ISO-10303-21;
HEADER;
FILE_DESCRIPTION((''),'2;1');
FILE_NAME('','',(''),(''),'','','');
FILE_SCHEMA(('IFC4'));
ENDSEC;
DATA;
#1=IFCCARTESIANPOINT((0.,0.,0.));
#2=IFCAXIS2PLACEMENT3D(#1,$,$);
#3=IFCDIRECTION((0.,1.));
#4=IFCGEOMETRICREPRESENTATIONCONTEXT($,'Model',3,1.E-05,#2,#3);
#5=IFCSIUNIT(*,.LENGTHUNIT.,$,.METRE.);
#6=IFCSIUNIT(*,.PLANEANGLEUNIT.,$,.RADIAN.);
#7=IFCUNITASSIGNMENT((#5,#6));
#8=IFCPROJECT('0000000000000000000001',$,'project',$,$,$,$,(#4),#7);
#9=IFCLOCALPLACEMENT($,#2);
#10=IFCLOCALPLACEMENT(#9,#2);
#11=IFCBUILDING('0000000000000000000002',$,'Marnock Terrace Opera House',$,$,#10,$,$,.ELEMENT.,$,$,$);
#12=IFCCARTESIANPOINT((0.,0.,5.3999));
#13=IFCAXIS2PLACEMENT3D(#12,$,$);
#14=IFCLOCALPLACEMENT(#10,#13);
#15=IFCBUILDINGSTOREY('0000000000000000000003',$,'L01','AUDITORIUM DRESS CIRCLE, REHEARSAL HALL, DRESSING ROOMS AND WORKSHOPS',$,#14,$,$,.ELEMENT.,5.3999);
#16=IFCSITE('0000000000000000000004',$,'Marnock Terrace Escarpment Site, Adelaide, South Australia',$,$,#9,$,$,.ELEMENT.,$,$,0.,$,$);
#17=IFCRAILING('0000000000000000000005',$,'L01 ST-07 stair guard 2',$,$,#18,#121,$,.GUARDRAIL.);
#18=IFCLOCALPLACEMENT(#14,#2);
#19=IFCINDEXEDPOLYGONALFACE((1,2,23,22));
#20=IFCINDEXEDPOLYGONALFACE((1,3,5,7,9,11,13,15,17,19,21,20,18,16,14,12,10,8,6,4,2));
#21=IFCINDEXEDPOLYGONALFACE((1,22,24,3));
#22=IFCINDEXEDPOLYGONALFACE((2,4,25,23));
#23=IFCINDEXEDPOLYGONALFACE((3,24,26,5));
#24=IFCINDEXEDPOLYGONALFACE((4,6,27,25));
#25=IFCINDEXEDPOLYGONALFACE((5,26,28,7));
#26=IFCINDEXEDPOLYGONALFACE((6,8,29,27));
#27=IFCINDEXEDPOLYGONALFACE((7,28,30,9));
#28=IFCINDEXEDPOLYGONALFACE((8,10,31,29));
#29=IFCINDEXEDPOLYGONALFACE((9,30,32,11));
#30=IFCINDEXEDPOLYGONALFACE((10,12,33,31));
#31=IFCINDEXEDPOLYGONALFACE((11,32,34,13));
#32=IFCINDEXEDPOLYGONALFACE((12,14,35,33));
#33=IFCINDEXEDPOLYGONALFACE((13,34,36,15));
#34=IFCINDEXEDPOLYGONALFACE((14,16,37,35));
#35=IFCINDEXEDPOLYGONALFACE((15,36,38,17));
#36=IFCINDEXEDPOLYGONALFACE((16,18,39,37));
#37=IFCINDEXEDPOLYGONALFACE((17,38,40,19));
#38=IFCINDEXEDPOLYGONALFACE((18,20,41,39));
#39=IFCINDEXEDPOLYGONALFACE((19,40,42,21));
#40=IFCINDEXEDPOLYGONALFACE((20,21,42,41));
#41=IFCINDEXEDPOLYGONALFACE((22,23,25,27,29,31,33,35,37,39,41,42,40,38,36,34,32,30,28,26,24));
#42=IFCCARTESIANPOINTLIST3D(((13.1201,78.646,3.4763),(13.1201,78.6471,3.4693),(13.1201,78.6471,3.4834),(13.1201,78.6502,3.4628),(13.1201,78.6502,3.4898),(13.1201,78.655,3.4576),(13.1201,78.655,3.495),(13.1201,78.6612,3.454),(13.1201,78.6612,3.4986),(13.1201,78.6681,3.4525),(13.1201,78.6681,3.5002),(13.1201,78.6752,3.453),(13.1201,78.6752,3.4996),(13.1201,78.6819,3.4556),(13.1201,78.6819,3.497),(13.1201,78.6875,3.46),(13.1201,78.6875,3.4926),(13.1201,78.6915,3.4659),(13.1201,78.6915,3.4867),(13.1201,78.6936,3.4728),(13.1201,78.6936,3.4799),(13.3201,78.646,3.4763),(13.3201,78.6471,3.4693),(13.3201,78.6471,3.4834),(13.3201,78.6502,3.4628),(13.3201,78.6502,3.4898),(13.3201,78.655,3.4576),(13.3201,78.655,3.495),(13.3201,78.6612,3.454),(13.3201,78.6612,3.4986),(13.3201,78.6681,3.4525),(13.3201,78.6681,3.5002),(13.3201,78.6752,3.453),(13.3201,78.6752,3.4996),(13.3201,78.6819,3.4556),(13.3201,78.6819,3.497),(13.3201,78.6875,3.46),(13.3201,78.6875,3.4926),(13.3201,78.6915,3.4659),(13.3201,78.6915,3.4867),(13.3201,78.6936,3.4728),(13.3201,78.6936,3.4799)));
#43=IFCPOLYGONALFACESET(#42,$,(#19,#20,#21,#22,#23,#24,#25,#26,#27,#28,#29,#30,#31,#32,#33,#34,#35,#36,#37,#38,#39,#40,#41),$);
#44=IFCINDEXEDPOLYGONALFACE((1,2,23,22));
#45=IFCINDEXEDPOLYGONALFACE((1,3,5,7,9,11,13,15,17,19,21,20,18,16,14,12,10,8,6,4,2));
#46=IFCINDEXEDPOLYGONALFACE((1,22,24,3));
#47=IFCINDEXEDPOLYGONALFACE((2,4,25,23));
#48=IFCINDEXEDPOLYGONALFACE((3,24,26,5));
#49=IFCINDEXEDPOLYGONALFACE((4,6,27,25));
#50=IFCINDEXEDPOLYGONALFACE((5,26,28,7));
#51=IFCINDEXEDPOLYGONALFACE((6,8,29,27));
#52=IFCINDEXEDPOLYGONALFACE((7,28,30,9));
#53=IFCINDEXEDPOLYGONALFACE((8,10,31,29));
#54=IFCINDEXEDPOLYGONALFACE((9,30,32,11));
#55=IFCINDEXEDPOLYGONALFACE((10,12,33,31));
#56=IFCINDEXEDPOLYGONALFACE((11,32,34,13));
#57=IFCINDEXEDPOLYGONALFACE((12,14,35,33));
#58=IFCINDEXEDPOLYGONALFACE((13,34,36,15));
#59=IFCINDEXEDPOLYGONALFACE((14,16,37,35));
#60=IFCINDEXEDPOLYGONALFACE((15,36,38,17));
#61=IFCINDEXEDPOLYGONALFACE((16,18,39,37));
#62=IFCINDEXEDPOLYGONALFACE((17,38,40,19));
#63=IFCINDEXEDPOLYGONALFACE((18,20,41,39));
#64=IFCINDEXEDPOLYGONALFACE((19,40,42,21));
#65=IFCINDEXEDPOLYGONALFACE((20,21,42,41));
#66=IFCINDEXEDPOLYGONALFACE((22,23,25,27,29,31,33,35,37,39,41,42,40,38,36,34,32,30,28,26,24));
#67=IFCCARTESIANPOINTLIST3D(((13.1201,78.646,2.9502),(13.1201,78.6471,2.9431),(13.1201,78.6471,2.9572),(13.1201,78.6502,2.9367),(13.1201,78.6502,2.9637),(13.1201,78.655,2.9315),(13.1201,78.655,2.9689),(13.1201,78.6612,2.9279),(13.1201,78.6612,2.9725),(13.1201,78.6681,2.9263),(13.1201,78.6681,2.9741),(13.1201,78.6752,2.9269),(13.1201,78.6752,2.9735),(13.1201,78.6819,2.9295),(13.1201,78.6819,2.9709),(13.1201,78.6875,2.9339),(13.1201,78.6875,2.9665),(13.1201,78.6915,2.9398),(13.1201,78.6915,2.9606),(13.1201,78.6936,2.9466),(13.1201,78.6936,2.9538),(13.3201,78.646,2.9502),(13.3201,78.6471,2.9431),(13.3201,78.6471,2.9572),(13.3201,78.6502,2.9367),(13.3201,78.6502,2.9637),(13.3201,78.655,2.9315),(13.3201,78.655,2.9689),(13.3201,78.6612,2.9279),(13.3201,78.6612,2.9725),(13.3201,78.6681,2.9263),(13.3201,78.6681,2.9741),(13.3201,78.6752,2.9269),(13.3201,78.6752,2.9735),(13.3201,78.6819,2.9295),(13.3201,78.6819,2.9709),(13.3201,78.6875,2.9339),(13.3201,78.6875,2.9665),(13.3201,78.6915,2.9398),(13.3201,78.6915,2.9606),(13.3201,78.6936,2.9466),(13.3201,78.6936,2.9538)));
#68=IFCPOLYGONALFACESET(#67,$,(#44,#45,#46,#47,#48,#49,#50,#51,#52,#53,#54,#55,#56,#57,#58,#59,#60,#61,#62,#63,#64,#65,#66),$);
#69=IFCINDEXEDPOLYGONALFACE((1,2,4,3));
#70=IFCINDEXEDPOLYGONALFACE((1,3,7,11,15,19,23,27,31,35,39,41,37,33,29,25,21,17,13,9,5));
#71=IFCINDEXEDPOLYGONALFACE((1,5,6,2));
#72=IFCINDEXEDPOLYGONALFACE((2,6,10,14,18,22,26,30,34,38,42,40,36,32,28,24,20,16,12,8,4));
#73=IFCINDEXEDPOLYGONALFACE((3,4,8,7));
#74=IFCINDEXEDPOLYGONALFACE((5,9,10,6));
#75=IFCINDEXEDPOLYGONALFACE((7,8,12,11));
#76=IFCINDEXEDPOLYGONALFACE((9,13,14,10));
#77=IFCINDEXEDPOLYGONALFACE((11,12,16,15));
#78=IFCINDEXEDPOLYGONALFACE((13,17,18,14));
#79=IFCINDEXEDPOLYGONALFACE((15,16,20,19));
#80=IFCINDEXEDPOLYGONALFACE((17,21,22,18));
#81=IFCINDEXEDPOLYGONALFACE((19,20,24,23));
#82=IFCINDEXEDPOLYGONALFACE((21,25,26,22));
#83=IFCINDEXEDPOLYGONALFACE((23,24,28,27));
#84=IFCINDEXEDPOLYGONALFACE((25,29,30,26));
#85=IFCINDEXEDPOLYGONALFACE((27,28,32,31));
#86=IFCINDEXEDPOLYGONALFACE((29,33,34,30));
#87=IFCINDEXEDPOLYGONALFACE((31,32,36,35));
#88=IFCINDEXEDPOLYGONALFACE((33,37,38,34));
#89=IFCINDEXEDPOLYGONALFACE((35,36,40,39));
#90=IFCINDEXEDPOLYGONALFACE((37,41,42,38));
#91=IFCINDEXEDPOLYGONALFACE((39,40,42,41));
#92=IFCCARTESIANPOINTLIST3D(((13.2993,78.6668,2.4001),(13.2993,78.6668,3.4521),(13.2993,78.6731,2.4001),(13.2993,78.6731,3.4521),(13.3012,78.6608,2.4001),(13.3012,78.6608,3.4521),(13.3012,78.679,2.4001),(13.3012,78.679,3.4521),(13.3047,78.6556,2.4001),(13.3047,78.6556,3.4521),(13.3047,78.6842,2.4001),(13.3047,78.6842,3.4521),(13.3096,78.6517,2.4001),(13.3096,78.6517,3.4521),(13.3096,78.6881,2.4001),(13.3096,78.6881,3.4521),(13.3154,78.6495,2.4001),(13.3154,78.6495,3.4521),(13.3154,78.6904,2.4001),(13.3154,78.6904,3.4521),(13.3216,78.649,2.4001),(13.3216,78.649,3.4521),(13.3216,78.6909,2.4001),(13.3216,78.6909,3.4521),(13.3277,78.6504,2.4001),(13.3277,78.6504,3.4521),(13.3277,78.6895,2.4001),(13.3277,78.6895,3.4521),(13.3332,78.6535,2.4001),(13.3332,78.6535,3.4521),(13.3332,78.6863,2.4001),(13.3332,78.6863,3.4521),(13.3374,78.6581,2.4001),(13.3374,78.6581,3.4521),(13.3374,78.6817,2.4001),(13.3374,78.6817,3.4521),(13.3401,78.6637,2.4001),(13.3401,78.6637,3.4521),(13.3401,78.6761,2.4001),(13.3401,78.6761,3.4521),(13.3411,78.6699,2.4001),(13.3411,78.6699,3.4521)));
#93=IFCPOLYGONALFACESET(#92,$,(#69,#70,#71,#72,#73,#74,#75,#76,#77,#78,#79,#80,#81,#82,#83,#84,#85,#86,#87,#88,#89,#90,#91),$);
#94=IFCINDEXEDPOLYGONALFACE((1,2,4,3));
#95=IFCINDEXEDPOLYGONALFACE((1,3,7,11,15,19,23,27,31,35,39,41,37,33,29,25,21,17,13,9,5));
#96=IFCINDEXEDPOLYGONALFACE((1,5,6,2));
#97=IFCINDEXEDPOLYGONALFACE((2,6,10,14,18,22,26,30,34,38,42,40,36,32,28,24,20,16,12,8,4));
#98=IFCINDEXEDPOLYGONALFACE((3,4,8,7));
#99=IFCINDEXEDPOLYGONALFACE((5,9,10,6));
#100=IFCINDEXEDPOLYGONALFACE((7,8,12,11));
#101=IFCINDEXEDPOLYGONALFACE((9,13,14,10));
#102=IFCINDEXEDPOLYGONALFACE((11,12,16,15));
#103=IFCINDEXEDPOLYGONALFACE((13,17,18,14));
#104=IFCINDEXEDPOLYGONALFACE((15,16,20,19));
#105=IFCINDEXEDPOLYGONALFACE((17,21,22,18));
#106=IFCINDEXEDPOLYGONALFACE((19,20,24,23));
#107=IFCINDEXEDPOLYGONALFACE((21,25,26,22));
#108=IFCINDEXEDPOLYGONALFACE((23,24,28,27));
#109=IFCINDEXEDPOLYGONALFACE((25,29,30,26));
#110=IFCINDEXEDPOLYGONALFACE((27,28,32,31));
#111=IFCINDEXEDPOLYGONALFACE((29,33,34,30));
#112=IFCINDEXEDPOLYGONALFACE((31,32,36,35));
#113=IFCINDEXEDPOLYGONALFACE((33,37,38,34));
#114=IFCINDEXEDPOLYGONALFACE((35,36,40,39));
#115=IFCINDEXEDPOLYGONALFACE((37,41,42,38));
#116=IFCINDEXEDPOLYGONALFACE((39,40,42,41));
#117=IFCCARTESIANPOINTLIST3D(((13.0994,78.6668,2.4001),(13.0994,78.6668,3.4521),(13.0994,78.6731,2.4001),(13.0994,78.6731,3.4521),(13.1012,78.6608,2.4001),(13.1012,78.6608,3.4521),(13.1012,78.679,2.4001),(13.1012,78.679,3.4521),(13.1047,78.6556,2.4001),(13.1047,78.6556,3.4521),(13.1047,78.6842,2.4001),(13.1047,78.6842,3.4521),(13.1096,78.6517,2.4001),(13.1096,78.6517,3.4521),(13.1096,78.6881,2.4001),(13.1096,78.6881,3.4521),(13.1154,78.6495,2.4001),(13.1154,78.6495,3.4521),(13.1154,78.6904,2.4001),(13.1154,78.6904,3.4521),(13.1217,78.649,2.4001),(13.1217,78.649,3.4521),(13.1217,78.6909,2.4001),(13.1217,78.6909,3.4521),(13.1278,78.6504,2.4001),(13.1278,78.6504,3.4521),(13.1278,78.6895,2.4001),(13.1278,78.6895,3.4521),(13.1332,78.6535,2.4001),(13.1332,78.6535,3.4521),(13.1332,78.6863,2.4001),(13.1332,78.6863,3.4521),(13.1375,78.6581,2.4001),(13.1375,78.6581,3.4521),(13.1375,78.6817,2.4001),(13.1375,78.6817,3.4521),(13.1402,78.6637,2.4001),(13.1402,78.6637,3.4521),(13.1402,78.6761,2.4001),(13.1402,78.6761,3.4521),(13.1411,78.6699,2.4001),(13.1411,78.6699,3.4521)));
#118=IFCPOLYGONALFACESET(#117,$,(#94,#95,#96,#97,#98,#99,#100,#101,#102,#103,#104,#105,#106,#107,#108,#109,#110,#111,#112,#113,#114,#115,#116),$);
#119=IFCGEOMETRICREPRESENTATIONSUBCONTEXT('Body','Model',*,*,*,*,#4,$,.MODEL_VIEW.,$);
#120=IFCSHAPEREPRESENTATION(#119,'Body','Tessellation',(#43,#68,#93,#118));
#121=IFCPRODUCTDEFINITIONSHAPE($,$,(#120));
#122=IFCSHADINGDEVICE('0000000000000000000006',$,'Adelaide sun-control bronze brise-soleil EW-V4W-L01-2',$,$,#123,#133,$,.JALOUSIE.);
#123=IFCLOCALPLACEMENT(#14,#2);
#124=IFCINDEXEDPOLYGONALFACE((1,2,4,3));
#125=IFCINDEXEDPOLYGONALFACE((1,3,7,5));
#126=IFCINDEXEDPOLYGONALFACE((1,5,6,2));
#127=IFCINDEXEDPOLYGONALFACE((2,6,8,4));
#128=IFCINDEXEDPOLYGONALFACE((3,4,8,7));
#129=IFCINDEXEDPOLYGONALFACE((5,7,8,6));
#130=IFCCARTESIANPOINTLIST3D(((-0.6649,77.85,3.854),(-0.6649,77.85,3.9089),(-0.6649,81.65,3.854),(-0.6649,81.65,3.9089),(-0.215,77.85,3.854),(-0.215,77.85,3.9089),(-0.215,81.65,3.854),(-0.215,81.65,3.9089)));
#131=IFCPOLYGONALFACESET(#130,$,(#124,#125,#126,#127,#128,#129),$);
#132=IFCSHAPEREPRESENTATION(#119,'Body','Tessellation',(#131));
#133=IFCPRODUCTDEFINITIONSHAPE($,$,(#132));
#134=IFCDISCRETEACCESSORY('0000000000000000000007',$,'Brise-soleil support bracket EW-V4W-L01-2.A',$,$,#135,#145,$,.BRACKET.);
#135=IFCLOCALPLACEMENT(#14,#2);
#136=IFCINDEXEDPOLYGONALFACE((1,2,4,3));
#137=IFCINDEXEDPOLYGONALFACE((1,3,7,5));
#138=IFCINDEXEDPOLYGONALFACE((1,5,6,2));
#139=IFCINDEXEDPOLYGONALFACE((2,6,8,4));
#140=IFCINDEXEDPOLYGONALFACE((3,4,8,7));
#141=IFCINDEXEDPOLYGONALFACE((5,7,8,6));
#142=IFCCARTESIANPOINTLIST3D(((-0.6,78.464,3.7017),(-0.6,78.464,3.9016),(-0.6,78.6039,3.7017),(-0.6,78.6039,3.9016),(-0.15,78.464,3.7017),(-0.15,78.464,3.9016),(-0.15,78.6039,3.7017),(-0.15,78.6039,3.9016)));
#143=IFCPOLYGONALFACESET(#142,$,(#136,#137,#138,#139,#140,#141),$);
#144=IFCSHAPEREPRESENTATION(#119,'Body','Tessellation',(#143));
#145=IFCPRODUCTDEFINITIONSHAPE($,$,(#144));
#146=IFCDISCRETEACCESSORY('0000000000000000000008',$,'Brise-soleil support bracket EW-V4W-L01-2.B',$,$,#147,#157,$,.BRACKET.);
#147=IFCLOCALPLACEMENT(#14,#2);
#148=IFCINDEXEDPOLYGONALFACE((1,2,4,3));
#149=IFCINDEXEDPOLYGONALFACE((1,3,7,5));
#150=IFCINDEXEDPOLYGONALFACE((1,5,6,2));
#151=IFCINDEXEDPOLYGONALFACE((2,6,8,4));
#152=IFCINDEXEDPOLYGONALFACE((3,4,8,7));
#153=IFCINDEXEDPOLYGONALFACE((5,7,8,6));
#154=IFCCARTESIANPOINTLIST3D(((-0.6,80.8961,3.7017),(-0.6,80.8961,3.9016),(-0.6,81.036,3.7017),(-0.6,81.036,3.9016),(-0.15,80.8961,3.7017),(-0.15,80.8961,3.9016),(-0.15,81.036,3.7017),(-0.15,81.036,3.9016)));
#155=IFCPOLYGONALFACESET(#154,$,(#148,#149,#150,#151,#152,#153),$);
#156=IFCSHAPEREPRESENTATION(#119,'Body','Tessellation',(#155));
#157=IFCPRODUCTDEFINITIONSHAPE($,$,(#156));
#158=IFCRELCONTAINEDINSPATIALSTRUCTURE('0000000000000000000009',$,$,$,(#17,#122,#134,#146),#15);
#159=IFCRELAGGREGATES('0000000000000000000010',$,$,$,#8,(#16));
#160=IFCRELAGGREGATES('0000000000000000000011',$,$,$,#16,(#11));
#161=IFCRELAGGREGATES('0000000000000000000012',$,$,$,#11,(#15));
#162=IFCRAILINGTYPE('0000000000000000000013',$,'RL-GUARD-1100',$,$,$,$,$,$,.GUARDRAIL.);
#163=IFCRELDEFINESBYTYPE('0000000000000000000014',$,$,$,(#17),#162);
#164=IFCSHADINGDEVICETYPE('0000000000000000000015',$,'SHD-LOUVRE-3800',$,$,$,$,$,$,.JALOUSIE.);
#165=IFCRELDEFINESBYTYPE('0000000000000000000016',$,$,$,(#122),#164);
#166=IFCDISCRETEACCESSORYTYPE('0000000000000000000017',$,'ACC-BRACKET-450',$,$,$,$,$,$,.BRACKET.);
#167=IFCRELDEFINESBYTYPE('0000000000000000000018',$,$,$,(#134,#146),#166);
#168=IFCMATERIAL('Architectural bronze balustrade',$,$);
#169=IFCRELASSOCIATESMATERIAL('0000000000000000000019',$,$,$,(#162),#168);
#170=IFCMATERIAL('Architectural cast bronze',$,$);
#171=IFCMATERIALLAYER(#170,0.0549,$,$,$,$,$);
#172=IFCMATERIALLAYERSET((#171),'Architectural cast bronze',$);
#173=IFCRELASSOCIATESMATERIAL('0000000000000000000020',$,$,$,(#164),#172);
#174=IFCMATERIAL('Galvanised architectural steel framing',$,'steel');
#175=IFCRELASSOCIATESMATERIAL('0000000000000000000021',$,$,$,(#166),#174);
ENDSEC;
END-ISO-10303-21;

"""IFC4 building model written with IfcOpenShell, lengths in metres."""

from ifc_helpers import new_model, si_unit, direction, frame, origin, origin_2d, place, context, subcontext, project, spatial, rectangle, circle, extrude, material, layer, layer_set, type_object, element, save


model = new_model("IFC4")

# Units and contexts
model_context = context("Model", 3, precision=1e-05, world=origin(), true_north=direction((0.0, 1.0)))
body_context = subcontext(model_context, "Body", "Model", "MODEL_VIEW")
ifc_project = project(units=[si_unit("LENGTHUNIT", "METRE"), si_unit("PLANEANGLEUNIT", "RADIAN")], contexts=[model_context])

# Site, building, storey
site_placement = place(None, origin())
site = spatial("IfcSite", under=ifc_project, at=site_placement, Name="Marnock Terrace Escarpment Site, Adelaide, South Australia", CompositionType="ELEMENT", RefElevation=0.0)
building_placement = place(site_placement, origin())
building = spatial("IfcBuilding", under=site, at=building_placement, Name="Marnock Terrace Opera House", CompositionType="ELEMENT")
storey_placement = place(building_placement, frame((0.0, 0.0, 5.3999)))
storey = spatial("IfcBuildingStorey", under=building, at=storey_placement, Name="L01", Description="AUDITORIUM DRESS CIRCLE, REHEARSAL HALL, DRESSING ROOMS AND WORKSHOPS", CompositionType="ELEMENT", Elevation=5.3999)

# Railing
ifc_material_1 = material(Name="Architectural bronze balustrade")
railing_type_1 = type_object("IfcRailingType", Name="RL-GUARD-1100", PredefinedType="GUARDRAIL", material=ifc_material_1)
railing_1_placement = place(storey_placement, frame((13.3201, 78.6699, 2.4001)))
element("IfcRailing", 1, at=railing_1_placement, inside=storey, type_object=railing_type_1, Name="L01 ST-07 stair guard 2", PredefinedType="GUARDRAIL", context=body_context, shape_type="SweptSolid", body=[
    extrude(circle(Radius=0.0239, at=origin_2d()), frame((0.0, 0.0, 1.0762), z_axis=(-1.0, 0.0, 0.0), x_axis=(0.0, -1.0, 0.0)), (0.0, 0.0, 1.0), 0.2),
    extrude(circle(Radius=0.0239, at=origin_2d()), frame((0.0, 0.0, 0.55), z_axis=(-1.0, 0.0, 0.0), x_axis=(0.0, -1.0, 0.0)), (0.0, 0.0, 1.0), 0.2),
    extrude(circle(Radius=0.021, at=origin_2d()), origin(), (0.0, 0.0, 1.0), 1.052),
    extrude(circle(Radius=0.021, at=origin_2d()), frame((-0.2, 0.0, 0.0)), (0.0, 0.0, 1.0), 1.052),
])

# Shading device
ifc_material_2 = material(Name="Architectural cast bronze")
ifc_layer_1 = layer(ifc_material_2, 0.0549)
ifc_layer_set_1 = layer_set([ifc_layer_1], Name="Architectural cast bronze")
shading_device_type = type_object("IfcShadingDeviceType", Name="SHD-LOUVRE-3800", PredefinedType="JALOUSIE", material=ifc_layer_set_1)
shading_device_placement = place(storey_placement, frame((-0.4399, 79.75, 3.854), z_axis=(0.0, 0.0, 1.0), x_axis=(0.0, 1.0, 0.0)))
element("IfcShadingDevice", 2, at=shading_device_placement, inside=storey, type_object=shading_device_type, Name="Adelaide sun-control bronze brise-soleil EW-V4W-L01-2", PredefinedType="JALOUSIE", context=body_context, shape_type="SweptSolid", body=[
    extrude(rectangle(XDim=3.8, YDim=0.45, at=origin_2d()), origin(), (0.0, 0.0, 1.0), 0.0549),
])

# Discrete accessories
ifc_material_3 = material(Name="Galvanised architectural steel framing", Category="steel")
discrete_accessory_type = type_object("IfcDiscreteAccessoryType", Name="ACC-BRACKET-450", PredefinedType="BRACKET", material=ifc_material_3)
for number, where, z_axis, x_axis, name in (
    (3, (-0.375, 78.5339, 3.7017), (0.0, 0.0, 1.0), (0.0, 1.0, 0.0), "Brise-soleil support bracket EW-V4W-L01-2.A"),
    (4, (-0.375, 80.9661, 3.7017), (0.0, 0.0, 1.0), (0.0, 1.0, 0.0), "Brise-soleil support bracket EW-V4W-L01-2.B"),
):
    element("IfcDiscreteAccessory", number, at=place(storey_placement, frame(where, z_axis=z_axis, x_axis=x_axis)), inside=storey, type_object=discrete_accessory_type, Name=name, PredefinedType="BRACKET", context=body_context, shape_type="SweptSolid", body=[
        extrude(rectangle(XDim=0.1399, YDim=0.45, at=origin_2d()), origin(), (0.0, 0.0, 1.0), 0.2),
    ])

save(model, "model.ifc")
